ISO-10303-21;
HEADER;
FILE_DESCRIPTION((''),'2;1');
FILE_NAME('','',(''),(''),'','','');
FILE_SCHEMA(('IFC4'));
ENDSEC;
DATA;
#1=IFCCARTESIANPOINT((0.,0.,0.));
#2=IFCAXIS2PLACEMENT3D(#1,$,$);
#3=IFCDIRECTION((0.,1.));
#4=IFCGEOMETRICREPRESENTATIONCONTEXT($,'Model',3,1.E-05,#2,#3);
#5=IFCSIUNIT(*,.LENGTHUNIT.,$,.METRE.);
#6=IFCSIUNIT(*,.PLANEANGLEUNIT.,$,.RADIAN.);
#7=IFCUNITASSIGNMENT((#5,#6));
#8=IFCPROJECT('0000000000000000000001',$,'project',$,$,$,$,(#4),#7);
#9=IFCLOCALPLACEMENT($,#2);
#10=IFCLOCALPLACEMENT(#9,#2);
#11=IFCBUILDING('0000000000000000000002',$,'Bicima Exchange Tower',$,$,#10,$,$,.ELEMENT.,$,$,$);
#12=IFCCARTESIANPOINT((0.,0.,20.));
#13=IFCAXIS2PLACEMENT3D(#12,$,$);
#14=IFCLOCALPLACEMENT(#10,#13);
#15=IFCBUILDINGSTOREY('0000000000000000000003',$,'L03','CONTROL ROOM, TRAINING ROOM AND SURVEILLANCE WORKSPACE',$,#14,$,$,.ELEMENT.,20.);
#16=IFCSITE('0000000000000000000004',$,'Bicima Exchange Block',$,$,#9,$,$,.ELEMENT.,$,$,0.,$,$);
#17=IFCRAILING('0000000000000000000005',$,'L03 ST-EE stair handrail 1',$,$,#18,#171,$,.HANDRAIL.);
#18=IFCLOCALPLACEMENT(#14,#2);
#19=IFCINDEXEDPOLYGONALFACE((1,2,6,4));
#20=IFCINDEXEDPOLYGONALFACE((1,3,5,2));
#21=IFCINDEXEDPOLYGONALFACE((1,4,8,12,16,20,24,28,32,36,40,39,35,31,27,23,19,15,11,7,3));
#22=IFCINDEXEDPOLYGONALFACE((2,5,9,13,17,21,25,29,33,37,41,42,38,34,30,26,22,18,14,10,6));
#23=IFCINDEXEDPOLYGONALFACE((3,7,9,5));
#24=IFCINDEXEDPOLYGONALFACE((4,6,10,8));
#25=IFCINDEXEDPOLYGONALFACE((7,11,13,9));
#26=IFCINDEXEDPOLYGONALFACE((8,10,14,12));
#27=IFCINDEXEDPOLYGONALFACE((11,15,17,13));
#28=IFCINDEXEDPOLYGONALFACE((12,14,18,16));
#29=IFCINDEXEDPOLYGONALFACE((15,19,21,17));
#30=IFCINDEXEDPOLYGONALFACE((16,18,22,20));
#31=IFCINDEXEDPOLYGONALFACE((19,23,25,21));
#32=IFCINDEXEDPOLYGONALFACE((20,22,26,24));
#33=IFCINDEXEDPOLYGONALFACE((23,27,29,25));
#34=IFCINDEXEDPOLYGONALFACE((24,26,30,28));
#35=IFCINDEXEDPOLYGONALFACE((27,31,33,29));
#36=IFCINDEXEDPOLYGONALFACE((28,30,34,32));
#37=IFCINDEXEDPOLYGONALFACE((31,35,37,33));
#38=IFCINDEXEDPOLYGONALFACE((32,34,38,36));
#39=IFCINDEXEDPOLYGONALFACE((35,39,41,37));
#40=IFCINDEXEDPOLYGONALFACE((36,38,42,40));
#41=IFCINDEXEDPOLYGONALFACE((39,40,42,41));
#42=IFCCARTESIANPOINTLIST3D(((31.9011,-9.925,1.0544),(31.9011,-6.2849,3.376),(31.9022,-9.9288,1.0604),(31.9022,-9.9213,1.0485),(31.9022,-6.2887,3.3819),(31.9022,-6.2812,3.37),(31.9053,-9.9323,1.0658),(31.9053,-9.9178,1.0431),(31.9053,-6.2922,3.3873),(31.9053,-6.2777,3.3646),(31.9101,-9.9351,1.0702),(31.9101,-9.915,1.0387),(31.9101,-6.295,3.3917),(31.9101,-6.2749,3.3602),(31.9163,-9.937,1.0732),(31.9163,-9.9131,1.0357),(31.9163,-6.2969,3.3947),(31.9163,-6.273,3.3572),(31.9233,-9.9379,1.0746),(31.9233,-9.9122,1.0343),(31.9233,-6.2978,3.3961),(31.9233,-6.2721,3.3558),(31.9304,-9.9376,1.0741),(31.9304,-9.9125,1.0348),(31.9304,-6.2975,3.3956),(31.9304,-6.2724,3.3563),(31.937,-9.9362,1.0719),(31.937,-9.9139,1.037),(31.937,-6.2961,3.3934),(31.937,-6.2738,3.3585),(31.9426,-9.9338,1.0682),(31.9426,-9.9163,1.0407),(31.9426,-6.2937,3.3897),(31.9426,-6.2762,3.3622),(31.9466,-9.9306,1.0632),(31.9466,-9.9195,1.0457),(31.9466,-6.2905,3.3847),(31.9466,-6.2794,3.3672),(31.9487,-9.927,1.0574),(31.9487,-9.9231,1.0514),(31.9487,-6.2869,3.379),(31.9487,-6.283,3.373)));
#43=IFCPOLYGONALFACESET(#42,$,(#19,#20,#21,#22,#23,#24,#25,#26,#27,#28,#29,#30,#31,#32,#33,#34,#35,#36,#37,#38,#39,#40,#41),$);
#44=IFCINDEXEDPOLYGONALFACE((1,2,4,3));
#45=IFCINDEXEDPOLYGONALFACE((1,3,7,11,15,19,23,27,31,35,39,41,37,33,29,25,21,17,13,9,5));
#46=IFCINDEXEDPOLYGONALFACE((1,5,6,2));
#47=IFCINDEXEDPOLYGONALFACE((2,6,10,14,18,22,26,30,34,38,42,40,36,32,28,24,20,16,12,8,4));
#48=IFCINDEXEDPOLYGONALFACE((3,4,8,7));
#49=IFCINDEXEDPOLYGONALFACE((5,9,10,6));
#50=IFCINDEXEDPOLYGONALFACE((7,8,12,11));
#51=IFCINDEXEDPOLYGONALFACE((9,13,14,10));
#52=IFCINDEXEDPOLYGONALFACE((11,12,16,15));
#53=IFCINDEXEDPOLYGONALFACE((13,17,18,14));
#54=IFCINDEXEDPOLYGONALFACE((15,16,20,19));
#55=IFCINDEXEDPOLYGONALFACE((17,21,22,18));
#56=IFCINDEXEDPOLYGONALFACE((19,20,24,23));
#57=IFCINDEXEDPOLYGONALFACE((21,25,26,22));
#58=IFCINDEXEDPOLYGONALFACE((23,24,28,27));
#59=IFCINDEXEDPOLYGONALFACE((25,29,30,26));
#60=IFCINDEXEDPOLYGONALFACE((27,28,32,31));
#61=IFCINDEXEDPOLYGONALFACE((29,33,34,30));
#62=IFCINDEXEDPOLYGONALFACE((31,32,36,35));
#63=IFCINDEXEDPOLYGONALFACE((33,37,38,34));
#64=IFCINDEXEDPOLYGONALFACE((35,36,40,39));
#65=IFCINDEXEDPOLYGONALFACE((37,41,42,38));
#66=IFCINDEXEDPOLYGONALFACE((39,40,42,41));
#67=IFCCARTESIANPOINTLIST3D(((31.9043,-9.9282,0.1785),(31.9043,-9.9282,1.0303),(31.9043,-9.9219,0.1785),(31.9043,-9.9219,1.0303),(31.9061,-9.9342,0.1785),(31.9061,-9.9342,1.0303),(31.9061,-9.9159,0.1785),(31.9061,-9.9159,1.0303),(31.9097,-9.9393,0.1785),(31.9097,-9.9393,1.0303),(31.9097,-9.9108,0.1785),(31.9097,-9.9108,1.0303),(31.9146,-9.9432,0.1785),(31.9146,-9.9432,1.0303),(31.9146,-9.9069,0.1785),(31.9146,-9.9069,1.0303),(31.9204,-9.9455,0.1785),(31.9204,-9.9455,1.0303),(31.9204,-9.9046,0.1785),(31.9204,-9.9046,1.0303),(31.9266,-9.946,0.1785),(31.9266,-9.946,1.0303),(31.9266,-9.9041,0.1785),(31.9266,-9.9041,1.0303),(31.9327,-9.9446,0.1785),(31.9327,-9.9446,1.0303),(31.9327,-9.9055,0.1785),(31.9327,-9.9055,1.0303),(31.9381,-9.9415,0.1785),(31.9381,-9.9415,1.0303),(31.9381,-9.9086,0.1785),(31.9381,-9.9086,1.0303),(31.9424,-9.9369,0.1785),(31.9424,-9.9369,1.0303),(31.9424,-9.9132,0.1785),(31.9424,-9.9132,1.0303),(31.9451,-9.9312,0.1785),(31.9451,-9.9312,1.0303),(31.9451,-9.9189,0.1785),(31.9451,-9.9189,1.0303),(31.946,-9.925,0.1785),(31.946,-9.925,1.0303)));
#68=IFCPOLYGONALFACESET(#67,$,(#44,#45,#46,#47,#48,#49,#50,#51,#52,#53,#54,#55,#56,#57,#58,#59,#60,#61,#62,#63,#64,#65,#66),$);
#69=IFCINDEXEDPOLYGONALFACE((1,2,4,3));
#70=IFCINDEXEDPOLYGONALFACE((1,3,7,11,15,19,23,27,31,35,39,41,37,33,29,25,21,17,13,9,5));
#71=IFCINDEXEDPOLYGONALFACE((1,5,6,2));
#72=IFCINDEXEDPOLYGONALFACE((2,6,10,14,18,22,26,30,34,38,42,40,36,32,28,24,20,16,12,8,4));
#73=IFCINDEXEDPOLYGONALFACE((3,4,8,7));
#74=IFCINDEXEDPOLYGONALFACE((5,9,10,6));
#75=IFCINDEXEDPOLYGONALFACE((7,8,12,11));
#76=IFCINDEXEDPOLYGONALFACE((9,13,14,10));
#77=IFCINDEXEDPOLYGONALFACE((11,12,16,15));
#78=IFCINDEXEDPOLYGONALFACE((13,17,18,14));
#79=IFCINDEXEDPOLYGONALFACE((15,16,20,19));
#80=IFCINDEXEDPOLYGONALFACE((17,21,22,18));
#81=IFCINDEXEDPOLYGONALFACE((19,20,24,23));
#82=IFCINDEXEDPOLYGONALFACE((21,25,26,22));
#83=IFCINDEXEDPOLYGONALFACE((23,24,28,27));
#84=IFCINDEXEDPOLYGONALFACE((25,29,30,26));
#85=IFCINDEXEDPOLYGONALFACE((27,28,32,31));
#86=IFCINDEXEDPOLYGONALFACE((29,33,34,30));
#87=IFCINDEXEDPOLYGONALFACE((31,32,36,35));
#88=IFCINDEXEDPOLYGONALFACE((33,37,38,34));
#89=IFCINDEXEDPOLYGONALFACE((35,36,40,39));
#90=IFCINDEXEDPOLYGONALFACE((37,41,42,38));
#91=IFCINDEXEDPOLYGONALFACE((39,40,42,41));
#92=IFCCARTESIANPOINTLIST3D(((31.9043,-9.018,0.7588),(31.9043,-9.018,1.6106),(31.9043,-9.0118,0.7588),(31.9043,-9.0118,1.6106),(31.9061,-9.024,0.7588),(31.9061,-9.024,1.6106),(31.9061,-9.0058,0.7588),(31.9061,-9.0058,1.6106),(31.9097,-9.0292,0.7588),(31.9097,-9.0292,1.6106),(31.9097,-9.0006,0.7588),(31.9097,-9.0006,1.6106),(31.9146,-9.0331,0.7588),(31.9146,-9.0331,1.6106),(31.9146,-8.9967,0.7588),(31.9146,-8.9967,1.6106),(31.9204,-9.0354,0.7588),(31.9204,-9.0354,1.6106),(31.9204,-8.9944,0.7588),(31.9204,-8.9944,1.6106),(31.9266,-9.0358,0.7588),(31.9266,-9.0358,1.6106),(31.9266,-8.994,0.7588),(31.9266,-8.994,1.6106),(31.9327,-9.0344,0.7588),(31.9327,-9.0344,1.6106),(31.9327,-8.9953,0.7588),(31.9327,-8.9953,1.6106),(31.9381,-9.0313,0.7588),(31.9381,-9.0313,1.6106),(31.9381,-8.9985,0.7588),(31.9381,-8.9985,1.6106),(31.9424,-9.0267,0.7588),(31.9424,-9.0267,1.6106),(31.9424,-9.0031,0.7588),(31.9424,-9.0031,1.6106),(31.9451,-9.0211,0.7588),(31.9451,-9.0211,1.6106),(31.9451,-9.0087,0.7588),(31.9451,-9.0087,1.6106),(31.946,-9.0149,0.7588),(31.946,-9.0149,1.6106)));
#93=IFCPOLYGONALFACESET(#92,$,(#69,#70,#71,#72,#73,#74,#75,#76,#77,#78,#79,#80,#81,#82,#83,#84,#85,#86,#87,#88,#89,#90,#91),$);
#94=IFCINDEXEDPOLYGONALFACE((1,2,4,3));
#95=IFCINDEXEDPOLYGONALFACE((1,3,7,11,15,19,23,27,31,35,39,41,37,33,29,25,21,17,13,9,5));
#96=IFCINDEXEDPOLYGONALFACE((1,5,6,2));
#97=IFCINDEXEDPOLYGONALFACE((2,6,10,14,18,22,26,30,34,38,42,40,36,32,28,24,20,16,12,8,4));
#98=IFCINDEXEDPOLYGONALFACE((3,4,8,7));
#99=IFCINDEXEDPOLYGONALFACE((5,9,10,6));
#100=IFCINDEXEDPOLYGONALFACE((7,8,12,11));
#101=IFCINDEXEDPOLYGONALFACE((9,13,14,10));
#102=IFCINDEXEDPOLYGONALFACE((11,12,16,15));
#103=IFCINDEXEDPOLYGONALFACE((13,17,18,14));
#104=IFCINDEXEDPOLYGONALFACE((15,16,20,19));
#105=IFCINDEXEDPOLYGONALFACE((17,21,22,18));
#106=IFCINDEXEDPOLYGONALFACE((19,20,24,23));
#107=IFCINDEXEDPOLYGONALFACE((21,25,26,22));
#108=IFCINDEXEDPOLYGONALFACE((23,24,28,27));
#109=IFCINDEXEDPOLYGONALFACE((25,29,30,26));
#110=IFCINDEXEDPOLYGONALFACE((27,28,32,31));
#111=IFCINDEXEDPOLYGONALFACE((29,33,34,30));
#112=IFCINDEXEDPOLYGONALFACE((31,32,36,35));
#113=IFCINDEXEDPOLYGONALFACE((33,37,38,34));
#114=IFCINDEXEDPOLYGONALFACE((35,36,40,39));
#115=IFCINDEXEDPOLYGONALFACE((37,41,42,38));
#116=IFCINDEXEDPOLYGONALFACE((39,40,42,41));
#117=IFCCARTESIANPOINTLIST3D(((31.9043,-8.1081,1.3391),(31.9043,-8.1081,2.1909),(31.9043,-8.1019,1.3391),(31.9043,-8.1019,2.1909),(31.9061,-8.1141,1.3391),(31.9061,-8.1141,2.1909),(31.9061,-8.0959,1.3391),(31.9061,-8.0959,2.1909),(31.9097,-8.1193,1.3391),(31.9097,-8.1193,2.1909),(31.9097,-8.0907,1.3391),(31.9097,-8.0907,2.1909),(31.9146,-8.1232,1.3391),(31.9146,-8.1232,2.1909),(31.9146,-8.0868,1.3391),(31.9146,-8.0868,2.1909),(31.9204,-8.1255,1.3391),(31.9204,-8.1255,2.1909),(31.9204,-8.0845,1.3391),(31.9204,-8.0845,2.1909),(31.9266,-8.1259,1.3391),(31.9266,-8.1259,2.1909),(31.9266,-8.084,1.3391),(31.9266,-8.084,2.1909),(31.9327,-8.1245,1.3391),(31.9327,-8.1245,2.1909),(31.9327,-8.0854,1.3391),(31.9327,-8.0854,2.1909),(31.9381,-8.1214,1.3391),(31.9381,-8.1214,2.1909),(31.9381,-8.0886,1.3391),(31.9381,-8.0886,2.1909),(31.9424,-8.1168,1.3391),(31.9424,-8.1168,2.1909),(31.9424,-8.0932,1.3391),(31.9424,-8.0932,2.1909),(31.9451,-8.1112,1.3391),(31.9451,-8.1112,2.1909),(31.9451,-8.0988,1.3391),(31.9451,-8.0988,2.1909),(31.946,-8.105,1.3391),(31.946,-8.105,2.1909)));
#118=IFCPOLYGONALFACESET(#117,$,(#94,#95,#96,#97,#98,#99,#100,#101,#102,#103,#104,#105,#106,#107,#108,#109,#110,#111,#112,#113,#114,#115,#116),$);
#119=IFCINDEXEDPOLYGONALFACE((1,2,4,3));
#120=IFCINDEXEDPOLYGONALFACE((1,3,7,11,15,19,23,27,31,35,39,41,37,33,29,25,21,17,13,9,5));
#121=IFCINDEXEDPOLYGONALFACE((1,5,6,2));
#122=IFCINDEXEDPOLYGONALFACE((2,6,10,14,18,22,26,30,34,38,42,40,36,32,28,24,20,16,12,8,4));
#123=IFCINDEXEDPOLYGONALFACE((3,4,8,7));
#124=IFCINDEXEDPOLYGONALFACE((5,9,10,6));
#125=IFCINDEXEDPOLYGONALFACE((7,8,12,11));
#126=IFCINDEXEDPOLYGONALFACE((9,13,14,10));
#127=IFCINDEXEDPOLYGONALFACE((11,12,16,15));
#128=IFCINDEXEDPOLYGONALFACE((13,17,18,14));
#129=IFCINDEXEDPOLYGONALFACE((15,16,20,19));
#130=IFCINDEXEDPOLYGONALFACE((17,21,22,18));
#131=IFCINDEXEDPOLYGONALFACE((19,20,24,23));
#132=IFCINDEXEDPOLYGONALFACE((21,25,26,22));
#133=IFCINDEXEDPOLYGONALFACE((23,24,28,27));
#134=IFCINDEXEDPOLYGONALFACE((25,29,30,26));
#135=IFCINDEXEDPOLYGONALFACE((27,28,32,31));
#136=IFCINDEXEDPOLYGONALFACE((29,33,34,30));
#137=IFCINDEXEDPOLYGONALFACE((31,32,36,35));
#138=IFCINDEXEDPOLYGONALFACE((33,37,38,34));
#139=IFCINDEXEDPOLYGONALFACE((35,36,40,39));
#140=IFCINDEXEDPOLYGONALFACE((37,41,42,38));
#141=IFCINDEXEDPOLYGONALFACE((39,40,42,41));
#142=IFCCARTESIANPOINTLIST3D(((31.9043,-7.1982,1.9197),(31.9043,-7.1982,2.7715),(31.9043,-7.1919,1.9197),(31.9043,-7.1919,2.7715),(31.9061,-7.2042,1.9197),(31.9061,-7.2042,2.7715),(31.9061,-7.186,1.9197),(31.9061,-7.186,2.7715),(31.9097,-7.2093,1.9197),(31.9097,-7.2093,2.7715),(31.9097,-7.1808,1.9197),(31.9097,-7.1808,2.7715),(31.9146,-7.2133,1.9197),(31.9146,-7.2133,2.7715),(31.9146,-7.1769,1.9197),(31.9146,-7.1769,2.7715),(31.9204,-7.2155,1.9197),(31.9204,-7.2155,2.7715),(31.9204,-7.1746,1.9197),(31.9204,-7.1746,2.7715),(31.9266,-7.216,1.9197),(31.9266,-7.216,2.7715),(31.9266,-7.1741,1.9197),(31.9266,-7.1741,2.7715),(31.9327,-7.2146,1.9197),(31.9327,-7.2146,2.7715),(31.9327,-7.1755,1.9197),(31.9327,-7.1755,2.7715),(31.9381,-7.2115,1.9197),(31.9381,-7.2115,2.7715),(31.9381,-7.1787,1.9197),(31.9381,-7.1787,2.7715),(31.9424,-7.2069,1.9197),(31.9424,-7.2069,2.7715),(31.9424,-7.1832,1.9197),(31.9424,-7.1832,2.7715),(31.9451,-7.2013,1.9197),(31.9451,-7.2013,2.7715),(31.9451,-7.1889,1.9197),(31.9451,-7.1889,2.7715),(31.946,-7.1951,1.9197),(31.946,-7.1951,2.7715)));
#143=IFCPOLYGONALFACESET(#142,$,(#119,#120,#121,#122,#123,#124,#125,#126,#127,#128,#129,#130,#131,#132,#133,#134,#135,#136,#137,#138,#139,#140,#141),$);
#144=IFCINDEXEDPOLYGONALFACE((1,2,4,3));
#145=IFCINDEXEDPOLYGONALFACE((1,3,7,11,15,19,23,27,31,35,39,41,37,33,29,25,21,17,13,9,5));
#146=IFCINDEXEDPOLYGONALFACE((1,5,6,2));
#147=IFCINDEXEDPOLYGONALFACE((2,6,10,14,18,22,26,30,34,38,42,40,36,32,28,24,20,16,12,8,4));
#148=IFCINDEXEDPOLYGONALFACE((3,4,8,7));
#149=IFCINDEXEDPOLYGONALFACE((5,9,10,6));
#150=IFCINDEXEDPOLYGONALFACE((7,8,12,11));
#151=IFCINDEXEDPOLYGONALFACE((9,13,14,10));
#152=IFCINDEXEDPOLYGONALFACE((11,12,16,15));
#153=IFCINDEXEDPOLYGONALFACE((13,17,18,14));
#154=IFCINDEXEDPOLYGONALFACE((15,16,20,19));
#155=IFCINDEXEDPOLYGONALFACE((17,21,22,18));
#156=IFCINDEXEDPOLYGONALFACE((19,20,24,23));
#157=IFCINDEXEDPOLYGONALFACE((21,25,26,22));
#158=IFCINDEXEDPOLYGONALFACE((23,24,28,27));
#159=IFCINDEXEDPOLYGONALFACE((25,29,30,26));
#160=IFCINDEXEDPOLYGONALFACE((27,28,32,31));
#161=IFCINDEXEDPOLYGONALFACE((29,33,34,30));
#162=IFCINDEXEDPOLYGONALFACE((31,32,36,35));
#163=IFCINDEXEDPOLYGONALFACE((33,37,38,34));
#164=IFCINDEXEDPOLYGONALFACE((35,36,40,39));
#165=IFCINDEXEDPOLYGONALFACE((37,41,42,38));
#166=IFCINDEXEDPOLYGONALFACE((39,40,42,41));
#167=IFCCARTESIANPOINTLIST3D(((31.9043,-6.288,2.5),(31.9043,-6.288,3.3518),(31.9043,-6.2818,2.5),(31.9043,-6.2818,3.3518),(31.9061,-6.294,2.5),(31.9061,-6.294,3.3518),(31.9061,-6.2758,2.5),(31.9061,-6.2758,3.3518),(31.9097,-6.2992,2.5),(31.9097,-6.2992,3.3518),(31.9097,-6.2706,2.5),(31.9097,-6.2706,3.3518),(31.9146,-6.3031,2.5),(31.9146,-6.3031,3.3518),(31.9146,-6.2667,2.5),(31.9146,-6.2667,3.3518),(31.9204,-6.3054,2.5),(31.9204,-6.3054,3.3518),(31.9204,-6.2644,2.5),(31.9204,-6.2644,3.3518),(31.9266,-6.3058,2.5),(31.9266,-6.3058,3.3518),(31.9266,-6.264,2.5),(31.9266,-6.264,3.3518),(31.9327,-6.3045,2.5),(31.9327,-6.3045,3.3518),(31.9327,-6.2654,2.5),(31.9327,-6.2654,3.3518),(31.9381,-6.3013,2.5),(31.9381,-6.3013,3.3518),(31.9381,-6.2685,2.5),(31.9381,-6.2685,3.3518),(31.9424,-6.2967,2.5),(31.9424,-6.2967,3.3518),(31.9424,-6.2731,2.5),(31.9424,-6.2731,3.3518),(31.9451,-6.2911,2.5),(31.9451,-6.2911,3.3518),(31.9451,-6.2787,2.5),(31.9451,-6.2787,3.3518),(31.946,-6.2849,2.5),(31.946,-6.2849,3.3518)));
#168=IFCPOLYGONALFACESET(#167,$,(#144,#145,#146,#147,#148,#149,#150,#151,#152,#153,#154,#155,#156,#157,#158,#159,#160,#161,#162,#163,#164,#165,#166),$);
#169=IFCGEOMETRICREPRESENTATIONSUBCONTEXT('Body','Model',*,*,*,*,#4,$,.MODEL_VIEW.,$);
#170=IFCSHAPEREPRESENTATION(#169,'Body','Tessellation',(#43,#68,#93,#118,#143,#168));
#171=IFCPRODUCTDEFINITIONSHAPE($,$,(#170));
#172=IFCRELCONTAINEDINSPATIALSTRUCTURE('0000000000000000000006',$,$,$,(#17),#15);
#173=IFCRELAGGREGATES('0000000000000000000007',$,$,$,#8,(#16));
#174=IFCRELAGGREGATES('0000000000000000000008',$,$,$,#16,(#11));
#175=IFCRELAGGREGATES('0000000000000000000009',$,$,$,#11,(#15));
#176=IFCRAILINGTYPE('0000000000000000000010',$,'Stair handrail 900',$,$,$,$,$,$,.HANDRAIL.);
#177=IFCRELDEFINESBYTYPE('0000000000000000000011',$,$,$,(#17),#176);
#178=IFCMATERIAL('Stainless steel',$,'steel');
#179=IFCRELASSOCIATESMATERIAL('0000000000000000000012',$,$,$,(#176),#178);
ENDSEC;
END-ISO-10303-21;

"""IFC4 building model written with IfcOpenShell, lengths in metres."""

from ifc_helpers import new_model, si_unit, direction, frame, origin, origin_2d, place, context, subcontext, project, spatial, circle, extrude, material, type_object, element, save


model = new_model("IFC4")

# Units and contexts
model_context = context("Model", 3, precision=1e-05, world=origin(), true_north=direction((0.0, 1.0)))
body_context = subcontext(model_context, "Body", "Model", "MODEL_VIEW")
ifc_project = project(units=[si_unit("LENGTHUNIT", "METRE"), si_unit("PLANEANGLEUNIT", "RADIAN")], contexts=[model_context])

# Site, building, storey
site_placement = place(None, origin())
site = spatial("IfcSite", under=ifc_project, at=site_placement, Name="Bicima Exchange Block", CompositionType="ELEMENT", RefElevation=0.0)
building_placement = place(site_placement, origin())
building = spatial("IfcBuilding", under=site, at=building_placement, Name="Bicima Exchange Tower", CompositionType="ELEMENT")
storey_placement = place(building_placement, frame((0.0, 0.0, 20.0)))
storey = spatial("IfcBuildingStorey", under=building, at=storey_placement, Name="L03", Description="CONTROL ROOM, TRAINING ROOM AND SURVEILLANCE WORKSPACE", CompositionType="ELEMENT", Elevation=20.0)

# Railing
ifc_material_1 = material(Name="Stainless steel", Category="steel")
railing_type_1 = type_object("IfcRailingType", Name="Stair handrail 900", PredefinedType="HANDRAIL", material=ifc_material_1)
for number, where, name in (
    (1, (31.925, -9.925, 0.1785), "L03 ST-EE stair handrail 1"),
):
    element("IfcRailing", number, at=place(storey_placement, frame(where)), inside=storey, type_object=railing_type_1, Name=name, PredefinedType="HANDRAIL", context=body_context, shape_type="SweptSolid", body=[
        extrude(circle(Radius=0.0239, at=origin_2d()), frame((0.0, 0.0, 0.876), z_axis=(0.0, 0.843128, 0.537713), x_axis=(-1.0, 0.0, 0.0)), (0.0, 0.0, 1.0), 4.3174),
        extrude(circle(Radius=0.021, at=origin_2d()), origin(), (0.0, 0.0, 1.0), 0.8518),
        extrude(circle(Radius=0.021, at=origin_2d()), frame((0.0, 0.9102, 0.5803)), (0.0, 0.0, 1.0), 0.8518),
        extrude(circle(Radius=0.021, at=origin_2d()), frame((0.0, 1.8201, 1.1606)), (0.0, 0.0, 1.0), 0.8518),
        extrude(circle(Radius=0.021, at=origin_2d()), frame((0.0, 2.73, 1.7412)), (0.0, 0.0, 1.0), 0.8518),
        extrude(circle(Radius=0.021, at=origin_2d()), frame((0.0, 3.6401, 2.3215)), (0.0, 0.0, 1.0), 0.8518),
    ])

save(model, "model.ifc")
